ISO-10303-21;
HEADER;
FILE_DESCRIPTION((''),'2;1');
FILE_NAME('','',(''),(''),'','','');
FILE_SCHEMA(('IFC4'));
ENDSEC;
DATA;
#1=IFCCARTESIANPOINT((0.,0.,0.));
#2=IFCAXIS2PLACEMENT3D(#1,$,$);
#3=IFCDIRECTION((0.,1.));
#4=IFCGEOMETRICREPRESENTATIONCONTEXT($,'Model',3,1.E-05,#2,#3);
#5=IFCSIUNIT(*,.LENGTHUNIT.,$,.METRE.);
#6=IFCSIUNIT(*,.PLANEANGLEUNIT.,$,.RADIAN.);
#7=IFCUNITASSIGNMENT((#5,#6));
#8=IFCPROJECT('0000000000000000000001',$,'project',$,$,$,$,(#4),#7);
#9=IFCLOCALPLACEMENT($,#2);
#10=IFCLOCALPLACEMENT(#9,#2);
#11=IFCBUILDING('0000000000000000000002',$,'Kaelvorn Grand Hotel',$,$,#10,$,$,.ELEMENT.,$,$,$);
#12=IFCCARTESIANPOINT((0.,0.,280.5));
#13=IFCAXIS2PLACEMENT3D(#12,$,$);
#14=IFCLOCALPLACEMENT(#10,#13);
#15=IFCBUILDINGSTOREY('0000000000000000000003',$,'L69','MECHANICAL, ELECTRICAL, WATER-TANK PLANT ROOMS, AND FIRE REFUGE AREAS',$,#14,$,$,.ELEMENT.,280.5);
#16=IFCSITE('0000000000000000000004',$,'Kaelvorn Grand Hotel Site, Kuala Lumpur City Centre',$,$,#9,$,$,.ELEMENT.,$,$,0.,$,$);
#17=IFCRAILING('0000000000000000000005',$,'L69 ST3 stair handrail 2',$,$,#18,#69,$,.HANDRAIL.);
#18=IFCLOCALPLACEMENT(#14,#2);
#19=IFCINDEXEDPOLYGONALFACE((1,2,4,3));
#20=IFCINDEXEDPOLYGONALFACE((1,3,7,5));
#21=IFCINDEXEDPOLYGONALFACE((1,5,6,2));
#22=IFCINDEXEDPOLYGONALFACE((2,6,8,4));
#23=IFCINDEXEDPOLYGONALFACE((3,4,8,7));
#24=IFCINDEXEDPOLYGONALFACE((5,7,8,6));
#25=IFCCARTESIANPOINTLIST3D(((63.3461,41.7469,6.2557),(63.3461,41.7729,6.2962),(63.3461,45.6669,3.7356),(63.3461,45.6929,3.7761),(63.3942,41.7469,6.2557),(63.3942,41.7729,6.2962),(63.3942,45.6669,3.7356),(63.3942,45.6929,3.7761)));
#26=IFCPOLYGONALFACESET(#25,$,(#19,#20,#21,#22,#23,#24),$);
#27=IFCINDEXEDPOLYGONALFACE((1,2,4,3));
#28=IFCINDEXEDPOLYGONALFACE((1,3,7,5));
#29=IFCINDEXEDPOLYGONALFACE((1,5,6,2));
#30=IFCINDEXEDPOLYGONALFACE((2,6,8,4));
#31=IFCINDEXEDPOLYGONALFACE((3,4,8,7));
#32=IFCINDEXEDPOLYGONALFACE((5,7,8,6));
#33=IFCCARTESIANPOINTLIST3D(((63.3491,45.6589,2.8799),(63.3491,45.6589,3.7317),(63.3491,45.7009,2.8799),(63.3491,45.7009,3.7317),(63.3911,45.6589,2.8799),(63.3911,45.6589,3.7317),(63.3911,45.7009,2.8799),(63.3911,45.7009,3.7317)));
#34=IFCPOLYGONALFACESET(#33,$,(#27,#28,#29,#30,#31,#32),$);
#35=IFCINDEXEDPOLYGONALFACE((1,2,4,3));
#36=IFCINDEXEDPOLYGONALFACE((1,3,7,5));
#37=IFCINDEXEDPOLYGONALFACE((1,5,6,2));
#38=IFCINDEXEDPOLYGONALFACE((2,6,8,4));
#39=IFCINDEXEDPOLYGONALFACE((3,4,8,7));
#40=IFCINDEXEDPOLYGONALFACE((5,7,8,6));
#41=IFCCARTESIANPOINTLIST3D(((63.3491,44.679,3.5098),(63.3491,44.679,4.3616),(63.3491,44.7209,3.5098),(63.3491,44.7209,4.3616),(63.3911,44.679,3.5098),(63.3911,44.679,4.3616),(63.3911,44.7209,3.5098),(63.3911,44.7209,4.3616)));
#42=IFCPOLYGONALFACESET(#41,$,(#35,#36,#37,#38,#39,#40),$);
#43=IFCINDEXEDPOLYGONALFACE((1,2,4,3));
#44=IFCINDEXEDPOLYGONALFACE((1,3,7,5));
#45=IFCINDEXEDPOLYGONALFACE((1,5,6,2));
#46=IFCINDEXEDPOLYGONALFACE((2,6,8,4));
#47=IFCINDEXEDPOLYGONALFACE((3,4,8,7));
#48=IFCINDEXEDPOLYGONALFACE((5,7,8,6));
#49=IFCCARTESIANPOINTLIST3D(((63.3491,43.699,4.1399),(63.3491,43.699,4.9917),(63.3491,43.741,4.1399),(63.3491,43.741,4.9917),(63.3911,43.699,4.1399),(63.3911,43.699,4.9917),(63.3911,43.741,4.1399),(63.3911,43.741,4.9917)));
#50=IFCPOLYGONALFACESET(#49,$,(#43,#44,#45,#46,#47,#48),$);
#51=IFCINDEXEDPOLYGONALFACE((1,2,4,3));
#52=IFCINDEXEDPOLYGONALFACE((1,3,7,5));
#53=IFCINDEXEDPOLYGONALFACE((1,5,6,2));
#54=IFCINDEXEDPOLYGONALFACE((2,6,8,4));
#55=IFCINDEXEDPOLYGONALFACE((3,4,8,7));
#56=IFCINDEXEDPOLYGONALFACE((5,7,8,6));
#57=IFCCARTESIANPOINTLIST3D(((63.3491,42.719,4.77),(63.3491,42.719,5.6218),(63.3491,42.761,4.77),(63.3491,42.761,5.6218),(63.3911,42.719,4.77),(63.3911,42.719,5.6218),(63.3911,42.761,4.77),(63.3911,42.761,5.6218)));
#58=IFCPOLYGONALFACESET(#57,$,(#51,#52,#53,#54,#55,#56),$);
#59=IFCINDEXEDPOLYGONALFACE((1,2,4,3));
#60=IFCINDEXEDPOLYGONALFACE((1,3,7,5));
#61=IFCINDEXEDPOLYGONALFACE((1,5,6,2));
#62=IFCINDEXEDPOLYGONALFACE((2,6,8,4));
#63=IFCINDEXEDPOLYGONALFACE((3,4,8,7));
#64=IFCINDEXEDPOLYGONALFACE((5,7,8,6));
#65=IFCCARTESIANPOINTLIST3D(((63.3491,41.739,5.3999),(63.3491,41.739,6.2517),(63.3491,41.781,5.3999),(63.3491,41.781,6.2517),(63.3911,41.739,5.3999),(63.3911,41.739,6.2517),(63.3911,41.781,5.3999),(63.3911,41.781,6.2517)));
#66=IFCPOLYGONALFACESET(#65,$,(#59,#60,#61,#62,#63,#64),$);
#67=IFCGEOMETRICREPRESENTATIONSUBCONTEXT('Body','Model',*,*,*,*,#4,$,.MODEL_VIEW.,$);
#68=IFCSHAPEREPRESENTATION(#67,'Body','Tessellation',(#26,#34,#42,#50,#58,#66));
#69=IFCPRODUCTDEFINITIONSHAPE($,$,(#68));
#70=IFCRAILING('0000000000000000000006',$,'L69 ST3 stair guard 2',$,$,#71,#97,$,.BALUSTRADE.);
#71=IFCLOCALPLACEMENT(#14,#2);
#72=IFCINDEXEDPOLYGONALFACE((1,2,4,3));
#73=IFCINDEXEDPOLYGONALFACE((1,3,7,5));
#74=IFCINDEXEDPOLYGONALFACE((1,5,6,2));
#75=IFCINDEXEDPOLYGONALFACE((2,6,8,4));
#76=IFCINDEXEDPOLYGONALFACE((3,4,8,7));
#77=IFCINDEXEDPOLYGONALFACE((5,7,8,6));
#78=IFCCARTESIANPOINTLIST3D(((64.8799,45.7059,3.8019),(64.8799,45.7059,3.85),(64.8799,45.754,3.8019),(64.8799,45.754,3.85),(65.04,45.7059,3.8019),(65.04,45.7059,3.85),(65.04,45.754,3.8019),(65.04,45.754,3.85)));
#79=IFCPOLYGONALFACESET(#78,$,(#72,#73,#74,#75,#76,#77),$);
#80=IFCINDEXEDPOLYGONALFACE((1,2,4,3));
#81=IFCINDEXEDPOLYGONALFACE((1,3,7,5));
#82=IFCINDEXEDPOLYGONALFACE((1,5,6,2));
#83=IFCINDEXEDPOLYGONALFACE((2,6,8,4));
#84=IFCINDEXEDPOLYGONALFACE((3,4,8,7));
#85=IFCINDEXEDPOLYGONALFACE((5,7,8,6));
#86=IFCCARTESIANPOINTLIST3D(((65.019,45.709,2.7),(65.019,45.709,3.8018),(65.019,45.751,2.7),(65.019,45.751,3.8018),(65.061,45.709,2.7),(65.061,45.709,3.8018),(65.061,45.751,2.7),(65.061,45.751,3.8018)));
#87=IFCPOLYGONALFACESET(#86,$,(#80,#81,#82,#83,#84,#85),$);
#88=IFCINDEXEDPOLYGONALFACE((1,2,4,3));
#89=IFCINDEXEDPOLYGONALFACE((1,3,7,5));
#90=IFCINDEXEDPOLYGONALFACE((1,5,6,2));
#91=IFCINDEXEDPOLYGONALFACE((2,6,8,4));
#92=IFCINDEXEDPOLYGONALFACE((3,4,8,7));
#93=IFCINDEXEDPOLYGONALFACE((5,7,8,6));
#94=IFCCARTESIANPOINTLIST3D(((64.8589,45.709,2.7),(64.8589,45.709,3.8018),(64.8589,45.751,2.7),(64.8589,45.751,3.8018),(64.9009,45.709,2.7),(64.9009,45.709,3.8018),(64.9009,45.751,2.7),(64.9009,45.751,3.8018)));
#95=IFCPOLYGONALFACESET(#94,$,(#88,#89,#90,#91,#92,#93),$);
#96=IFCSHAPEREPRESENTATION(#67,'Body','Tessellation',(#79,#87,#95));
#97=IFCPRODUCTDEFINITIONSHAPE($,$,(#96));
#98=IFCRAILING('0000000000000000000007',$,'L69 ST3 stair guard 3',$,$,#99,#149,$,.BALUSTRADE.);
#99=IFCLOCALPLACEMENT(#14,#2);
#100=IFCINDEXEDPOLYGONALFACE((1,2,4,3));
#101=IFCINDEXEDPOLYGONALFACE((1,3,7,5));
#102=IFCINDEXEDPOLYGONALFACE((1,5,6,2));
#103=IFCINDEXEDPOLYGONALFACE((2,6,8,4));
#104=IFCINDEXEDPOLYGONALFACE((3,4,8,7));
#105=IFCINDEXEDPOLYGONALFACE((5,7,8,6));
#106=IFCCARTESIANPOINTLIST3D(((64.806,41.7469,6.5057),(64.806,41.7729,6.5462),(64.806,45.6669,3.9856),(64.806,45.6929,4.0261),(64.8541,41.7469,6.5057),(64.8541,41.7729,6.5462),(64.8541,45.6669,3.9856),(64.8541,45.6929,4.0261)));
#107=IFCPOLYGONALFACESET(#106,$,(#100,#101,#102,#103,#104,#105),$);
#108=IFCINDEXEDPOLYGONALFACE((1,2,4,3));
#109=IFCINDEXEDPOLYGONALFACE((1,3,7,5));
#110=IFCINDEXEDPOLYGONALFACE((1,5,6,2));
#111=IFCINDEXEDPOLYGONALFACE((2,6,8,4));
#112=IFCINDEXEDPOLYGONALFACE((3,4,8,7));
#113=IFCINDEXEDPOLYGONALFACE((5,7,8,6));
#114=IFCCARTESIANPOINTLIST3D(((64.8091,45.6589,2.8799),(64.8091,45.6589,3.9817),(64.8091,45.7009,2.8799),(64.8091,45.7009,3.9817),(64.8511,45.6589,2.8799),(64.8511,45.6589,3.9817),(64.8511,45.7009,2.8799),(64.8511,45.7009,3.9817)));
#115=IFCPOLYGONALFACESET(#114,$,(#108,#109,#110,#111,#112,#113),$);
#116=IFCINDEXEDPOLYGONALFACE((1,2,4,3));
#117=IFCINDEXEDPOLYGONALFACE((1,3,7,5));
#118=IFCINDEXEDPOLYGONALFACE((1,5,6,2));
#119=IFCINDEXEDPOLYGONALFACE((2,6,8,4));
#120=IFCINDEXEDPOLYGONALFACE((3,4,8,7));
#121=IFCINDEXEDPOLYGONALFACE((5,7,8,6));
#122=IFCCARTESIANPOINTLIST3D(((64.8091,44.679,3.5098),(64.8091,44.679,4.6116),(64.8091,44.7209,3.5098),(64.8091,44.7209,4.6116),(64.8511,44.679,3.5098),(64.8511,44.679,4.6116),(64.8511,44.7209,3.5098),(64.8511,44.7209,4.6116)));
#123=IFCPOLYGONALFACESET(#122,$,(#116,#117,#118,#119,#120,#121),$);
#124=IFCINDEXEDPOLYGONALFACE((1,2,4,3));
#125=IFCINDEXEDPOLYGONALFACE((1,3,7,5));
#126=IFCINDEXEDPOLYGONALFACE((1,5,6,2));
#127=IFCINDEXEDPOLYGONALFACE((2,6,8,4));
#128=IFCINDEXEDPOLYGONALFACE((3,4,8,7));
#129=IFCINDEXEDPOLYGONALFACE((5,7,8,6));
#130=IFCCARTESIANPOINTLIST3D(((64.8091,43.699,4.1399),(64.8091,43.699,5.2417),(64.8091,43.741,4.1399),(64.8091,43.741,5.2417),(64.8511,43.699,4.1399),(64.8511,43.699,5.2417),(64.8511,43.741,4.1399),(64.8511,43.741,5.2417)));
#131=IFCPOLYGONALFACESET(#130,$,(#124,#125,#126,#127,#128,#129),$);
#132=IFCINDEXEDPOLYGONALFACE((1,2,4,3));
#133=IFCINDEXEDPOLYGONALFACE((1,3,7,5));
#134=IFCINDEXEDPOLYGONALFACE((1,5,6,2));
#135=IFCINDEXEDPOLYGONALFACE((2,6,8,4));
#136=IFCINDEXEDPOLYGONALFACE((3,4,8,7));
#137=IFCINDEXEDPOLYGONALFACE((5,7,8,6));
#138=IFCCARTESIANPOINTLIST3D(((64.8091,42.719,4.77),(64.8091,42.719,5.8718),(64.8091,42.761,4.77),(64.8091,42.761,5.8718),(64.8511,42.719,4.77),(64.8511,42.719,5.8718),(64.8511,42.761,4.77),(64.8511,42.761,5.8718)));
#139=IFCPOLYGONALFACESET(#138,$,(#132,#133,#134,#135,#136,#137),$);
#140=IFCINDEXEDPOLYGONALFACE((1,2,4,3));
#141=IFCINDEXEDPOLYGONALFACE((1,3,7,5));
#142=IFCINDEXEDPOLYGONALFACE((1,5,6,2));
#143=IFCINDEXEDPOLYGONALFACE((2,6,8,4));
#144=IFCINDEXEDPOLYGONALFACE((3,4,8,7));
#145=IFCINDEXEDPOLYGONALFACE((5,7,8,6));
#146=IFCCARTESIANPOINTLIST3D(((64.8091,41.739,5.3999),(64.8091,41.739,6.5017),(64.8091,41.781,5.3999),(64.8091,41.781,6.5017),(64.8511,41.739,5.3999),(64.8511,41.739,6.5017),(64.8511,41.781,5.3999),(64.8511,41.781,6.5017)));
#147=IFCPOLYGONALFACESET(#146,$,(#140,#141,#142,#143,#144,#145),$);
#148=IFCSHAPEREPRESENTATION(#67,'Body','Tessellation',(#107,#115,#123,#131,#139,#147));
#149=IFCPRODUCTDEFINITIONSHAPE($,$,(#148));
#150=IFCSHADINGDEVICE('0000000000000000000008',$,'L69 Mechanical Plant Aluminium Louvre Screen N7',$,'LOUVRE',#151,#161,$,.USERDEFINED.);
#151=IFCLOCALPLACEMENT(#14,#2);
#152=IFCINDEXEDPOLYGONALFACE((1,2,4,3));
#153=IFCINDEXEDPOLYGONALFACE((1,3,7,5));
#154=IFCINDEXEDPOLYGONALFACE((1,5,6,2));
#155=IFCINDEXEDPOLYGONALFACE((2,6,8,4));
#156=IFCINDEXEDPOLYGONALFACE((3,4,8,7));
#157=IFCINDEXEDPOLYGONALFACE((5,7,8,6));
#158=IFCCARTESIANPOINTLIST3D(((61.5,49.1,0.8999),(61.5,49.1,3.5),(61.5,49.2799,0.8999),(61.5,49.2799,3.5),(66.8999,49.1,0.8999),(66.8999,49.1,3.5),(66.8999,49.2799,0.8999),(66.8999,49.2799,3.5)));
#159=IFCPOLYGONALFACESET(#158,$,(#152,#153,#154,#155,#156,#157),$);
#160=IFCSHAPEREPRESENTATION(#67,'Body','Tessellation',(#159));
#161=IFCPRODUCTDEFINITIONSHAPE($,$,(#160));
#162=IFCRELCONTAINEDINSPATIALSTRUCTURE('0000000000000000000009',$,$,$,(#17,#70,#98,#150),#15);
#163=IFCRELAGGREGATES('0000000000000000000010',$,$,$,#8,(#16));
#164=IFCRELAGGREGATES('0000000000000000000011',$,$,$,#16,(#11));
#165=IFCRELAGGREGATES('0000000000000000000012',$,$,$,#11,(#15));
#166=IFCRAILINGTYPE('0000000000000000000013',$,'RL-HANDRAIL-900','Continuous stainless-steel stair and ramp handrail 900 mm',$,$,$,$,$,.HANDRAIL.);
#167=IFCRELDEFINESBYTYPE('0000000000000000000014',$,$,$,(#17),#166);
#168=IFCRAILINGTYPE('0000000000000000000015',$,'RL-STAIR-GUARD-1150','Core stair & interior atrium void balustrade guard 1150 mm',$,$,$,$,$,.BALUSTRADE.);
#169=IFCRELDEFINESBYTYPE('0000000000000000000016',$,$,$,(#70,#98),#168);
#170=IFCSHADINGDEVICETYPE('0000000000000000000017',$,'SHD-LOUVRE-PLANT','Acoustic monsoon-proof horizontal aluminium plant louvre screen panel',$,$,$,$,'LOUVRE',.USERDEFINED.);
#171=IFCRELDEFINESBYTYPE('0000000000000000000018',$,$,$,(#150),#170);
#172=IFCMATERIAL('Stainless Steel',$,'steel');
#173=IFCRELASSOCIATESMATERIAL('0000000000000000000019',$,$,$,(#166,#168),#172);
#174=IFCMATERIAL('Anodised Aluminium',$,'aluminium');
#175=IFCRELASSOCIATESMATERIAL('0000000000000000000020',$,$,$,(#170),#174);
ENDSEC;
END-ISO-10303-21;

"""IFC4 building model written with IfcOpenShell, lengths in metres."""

from ifc_helpers import new_model, si_unit, direction, frame, origin, origin_2d, place, context, subcontext, project, spatial, rectangle, extrude, material, type_object, element, save


model = new_model("IFC4")

# Units and contexts
model_context = context("Model", 3, precision=1e-05, world=origin(), true_north=direction((0.0, 1.0)))
body_context = subcontext(model_context, "Body", "Model", "MODEL_VIEW")
ifc_project = project(units=[si_unit("LENGTHUNIT", "METRE"), si_unit("PLANEANGLEUNIT", "RADIAN")], contexts=[model_context])

# Site, building, storey
site_placement = place(None, origin())
site = spatial("IfcSite", under=ifc_project, at=site_placement, Name="Kaelvorn Grand Hotel Site, Kuala Lumpur City Centre", CompositionType="ELEMENT", RefElevation=0.0)
building_placement = place(site_placement, origin())
building = spatial("IfcBuilding", under=site, at=building_placement, Name="Kaelvorn Grand Hotel", CompositionType="ELEMENT")
storey_placement = place(building_placement, frame((0.0, 0.0, 280.5)))
storey = spatial("IfcBuildingStorey", under=building, at=storey_placement, Name="L69", Description="MECHANICAL, ELECTRICAL, WATER-TANK PLANT ROOMS, AND FIRE REFUGE AREAS", CompositionType="ELEMENT", Elevation=280.5)

# Shared definitions
ifc_material_1 = material(Name="Stainless Steel", Category="steel")

# Railings
railing_type_1 = type_object("IfcRailingType", Name="RL-HANDRAIL-900", Description="Continuous stainless-steel stair and ramp handrail 900 mm", PredefinedType="HANDRAIL", material=ifc_material_1)
railing_1_placement = place(storey_placement, frame((63.3701, 45.6799, 2.8799)))
element("IfcRailing", 1, at=railing_1_placement, inside=storey, type_object=railing_type_1, Name="L69 ST3 stair handrail 2", PredefinedType="HANDRAIL", context=body_context, shape_type="SweptSolid", body=[
    extrude(rectangle(XDim=0.0481, YDim=0.0481, at=origin_2d()), frame((0.0, 0.0, 0.876), z_axis=(0.0, -0.841172, 0.540768), x_axis=(1.0, 0.0, 0.0)), (0.0, 0.0, 1.0), 4.6602),
    extrude(rectangle(XDim=0.042, YDim=0.042, at=origin_2d()), origin(), (0.0, 0.0, 1.0), 0.8518),
    extrude(rectangle(XDim=0.042, YDim=0.042, at=origin_2d()), frame((0.0, -0.98, 0.6299)), (0.0, 0.0, 1.0), 0.8518),
    extrude(rectangle(XDim=0.042, YDim=0.042, at=origin_2d()), frame((0.0, -1.96, 1.26)), (0.0, 0.0, 1.0), 0.8518),
    extrude(rectangle(XDim=0.042, YDim=0.042, at=origin_2d()), frame((0.0, -2.9399, 1.8901)), (0.0, 0.0, 1.0), 0.8518),
    extrude(rectangle(XDim=0.042, YDim=0.042, at=origin_2d()), frame((0.0, -3.9199, 2.52)), (0.0, 0.0, 1.0), 0.8518),
])
railing_type_2 = type_object("IfcRailingType", Name="RL-STAIR-GUARD-1150", Description="Core stair & interior atrium void balustrade guard 1150 mm", PredefinedType="BALUSTRADE", material=ifc_material_1)
railing_2_placement = place(storey_placement, frame((65.04, 45.73, 2.7)))
element("IfcRailing", 2, at=railing_2_placement, inside=storey, type_object=railing_type_2, Name="L69 ST3 stair guard 2", PredefinedType="BALUSTRADE", context=body_context, shape_type="SweptSolid", body=[
    extrude(rectangle(XDim=0.0481, YDim=0.0481, at=origin_2d()), frame((0.0, 0.0, 1.126), z_axis=(-1.0, 0.0, 0.0), x_axis=(0.0, -1.0, 0.0)), (0.0, 0.0, 1.0), 0.1602),
    extrude(rectangle(XDim=0.042, YDim=0.042, at=origin_2d()), origin(), (0.0, 0.0, 1.0), 1.1018),
    extrude(rectangle(XDim=0.042, YDim=0.042, at=origin_2d()), frame((-0.1602, 0.0, 0.0)), (0.0, 0.0, 1.0), 1.1018),
])
railing_3_placement = place(storey_placement, frame((64.8301, 45.6799, 2.8799)))
element("IfcRailing", 3, at=railing_3_placement, inside=storey, type_object=railing_type_2, Name="L69 ST3 stair guard 3", PredefinedType="BALUSTRADE", context=body_context, shape_type="SweptSolid", body=[
    extrude(rectangle(XDim=0.0481, YDim=0.0481, at=origin_2d()), frame((0.0, 0.0, 1.126), z_axis=(0.0, -0.841172, 0.540768), x_axis=(1.0, 0.0, 0.0)), (0.0, 0.0, 1.0), 4.6602),
    extrude(rectangle(XDim=0.042, YDim=0.042, at=origin_2d()), origin(), (0.0, 0.0, 1.0), 1.1018),
    extrude(rectangle(XDim=0.042, YDim=0.042, at=origin_2d()), frame((0.0, -0.98, 0.6299)), (0.0, 0.0, 1.0), 1.1018),
    extrude(rectangle(XDim=0.042, YDim=0.042, at=origin_2d()), frame((0.0, -1.96, 1.26)), (0.0, 0.0, 1.0), 1.1018),
    extrude(rectangle(XDim=0.042, YDim=0.042, at=origin_2d()), frame((0.0, -2.9399, 1.8901)), (0.0, 0.0, 1.0), 1.1018),
    extrude(rectangle(XDim=0.042, YDim=0.042, at=origin_2d()), frame((0.0, -3.9199, 2.52)), (0.0, 0.0, 1.0), 1.1018),
])

# Shading device
ifc_material_2 = material(Name="Anodised Aluminium", Category="aluminium")
shading_device_type = type_object("IfcShadingDeviceType", Name="SHD-LOUVRE-PLANT", Description="Acoustic monsoon-proof horizontal aluminium plant louvre screen panel", ElementType="LOUVRE", PredefinedType="USERDEFINED", material=ifc_material_2)
shading_device_placement = place(storey_placement, frame((64.2, 49.1899, 0.8999), z_axis=(0.0, 0.0, 1.0), x_axis=(1.0, 0.0, 0.0)))
element("IfcShadingDevice", 4, at=shading_device_placement, inside=storey, type_object=shading_device_type, Name="L69 Mechanical Plant Aluminium Louvre Screen N7", ObjectType="LOUVRE", PredefinedType="USERDEFINED", context=body_context, shape_type="SweptSolid", body=[
    extrude(rectangle(XDim=5.3999, YDim=0.1799, at=origin_2d()), origin(), (0.0, 0.0, 1.0), 2.6001),
])

save(model, "model.ifc")
